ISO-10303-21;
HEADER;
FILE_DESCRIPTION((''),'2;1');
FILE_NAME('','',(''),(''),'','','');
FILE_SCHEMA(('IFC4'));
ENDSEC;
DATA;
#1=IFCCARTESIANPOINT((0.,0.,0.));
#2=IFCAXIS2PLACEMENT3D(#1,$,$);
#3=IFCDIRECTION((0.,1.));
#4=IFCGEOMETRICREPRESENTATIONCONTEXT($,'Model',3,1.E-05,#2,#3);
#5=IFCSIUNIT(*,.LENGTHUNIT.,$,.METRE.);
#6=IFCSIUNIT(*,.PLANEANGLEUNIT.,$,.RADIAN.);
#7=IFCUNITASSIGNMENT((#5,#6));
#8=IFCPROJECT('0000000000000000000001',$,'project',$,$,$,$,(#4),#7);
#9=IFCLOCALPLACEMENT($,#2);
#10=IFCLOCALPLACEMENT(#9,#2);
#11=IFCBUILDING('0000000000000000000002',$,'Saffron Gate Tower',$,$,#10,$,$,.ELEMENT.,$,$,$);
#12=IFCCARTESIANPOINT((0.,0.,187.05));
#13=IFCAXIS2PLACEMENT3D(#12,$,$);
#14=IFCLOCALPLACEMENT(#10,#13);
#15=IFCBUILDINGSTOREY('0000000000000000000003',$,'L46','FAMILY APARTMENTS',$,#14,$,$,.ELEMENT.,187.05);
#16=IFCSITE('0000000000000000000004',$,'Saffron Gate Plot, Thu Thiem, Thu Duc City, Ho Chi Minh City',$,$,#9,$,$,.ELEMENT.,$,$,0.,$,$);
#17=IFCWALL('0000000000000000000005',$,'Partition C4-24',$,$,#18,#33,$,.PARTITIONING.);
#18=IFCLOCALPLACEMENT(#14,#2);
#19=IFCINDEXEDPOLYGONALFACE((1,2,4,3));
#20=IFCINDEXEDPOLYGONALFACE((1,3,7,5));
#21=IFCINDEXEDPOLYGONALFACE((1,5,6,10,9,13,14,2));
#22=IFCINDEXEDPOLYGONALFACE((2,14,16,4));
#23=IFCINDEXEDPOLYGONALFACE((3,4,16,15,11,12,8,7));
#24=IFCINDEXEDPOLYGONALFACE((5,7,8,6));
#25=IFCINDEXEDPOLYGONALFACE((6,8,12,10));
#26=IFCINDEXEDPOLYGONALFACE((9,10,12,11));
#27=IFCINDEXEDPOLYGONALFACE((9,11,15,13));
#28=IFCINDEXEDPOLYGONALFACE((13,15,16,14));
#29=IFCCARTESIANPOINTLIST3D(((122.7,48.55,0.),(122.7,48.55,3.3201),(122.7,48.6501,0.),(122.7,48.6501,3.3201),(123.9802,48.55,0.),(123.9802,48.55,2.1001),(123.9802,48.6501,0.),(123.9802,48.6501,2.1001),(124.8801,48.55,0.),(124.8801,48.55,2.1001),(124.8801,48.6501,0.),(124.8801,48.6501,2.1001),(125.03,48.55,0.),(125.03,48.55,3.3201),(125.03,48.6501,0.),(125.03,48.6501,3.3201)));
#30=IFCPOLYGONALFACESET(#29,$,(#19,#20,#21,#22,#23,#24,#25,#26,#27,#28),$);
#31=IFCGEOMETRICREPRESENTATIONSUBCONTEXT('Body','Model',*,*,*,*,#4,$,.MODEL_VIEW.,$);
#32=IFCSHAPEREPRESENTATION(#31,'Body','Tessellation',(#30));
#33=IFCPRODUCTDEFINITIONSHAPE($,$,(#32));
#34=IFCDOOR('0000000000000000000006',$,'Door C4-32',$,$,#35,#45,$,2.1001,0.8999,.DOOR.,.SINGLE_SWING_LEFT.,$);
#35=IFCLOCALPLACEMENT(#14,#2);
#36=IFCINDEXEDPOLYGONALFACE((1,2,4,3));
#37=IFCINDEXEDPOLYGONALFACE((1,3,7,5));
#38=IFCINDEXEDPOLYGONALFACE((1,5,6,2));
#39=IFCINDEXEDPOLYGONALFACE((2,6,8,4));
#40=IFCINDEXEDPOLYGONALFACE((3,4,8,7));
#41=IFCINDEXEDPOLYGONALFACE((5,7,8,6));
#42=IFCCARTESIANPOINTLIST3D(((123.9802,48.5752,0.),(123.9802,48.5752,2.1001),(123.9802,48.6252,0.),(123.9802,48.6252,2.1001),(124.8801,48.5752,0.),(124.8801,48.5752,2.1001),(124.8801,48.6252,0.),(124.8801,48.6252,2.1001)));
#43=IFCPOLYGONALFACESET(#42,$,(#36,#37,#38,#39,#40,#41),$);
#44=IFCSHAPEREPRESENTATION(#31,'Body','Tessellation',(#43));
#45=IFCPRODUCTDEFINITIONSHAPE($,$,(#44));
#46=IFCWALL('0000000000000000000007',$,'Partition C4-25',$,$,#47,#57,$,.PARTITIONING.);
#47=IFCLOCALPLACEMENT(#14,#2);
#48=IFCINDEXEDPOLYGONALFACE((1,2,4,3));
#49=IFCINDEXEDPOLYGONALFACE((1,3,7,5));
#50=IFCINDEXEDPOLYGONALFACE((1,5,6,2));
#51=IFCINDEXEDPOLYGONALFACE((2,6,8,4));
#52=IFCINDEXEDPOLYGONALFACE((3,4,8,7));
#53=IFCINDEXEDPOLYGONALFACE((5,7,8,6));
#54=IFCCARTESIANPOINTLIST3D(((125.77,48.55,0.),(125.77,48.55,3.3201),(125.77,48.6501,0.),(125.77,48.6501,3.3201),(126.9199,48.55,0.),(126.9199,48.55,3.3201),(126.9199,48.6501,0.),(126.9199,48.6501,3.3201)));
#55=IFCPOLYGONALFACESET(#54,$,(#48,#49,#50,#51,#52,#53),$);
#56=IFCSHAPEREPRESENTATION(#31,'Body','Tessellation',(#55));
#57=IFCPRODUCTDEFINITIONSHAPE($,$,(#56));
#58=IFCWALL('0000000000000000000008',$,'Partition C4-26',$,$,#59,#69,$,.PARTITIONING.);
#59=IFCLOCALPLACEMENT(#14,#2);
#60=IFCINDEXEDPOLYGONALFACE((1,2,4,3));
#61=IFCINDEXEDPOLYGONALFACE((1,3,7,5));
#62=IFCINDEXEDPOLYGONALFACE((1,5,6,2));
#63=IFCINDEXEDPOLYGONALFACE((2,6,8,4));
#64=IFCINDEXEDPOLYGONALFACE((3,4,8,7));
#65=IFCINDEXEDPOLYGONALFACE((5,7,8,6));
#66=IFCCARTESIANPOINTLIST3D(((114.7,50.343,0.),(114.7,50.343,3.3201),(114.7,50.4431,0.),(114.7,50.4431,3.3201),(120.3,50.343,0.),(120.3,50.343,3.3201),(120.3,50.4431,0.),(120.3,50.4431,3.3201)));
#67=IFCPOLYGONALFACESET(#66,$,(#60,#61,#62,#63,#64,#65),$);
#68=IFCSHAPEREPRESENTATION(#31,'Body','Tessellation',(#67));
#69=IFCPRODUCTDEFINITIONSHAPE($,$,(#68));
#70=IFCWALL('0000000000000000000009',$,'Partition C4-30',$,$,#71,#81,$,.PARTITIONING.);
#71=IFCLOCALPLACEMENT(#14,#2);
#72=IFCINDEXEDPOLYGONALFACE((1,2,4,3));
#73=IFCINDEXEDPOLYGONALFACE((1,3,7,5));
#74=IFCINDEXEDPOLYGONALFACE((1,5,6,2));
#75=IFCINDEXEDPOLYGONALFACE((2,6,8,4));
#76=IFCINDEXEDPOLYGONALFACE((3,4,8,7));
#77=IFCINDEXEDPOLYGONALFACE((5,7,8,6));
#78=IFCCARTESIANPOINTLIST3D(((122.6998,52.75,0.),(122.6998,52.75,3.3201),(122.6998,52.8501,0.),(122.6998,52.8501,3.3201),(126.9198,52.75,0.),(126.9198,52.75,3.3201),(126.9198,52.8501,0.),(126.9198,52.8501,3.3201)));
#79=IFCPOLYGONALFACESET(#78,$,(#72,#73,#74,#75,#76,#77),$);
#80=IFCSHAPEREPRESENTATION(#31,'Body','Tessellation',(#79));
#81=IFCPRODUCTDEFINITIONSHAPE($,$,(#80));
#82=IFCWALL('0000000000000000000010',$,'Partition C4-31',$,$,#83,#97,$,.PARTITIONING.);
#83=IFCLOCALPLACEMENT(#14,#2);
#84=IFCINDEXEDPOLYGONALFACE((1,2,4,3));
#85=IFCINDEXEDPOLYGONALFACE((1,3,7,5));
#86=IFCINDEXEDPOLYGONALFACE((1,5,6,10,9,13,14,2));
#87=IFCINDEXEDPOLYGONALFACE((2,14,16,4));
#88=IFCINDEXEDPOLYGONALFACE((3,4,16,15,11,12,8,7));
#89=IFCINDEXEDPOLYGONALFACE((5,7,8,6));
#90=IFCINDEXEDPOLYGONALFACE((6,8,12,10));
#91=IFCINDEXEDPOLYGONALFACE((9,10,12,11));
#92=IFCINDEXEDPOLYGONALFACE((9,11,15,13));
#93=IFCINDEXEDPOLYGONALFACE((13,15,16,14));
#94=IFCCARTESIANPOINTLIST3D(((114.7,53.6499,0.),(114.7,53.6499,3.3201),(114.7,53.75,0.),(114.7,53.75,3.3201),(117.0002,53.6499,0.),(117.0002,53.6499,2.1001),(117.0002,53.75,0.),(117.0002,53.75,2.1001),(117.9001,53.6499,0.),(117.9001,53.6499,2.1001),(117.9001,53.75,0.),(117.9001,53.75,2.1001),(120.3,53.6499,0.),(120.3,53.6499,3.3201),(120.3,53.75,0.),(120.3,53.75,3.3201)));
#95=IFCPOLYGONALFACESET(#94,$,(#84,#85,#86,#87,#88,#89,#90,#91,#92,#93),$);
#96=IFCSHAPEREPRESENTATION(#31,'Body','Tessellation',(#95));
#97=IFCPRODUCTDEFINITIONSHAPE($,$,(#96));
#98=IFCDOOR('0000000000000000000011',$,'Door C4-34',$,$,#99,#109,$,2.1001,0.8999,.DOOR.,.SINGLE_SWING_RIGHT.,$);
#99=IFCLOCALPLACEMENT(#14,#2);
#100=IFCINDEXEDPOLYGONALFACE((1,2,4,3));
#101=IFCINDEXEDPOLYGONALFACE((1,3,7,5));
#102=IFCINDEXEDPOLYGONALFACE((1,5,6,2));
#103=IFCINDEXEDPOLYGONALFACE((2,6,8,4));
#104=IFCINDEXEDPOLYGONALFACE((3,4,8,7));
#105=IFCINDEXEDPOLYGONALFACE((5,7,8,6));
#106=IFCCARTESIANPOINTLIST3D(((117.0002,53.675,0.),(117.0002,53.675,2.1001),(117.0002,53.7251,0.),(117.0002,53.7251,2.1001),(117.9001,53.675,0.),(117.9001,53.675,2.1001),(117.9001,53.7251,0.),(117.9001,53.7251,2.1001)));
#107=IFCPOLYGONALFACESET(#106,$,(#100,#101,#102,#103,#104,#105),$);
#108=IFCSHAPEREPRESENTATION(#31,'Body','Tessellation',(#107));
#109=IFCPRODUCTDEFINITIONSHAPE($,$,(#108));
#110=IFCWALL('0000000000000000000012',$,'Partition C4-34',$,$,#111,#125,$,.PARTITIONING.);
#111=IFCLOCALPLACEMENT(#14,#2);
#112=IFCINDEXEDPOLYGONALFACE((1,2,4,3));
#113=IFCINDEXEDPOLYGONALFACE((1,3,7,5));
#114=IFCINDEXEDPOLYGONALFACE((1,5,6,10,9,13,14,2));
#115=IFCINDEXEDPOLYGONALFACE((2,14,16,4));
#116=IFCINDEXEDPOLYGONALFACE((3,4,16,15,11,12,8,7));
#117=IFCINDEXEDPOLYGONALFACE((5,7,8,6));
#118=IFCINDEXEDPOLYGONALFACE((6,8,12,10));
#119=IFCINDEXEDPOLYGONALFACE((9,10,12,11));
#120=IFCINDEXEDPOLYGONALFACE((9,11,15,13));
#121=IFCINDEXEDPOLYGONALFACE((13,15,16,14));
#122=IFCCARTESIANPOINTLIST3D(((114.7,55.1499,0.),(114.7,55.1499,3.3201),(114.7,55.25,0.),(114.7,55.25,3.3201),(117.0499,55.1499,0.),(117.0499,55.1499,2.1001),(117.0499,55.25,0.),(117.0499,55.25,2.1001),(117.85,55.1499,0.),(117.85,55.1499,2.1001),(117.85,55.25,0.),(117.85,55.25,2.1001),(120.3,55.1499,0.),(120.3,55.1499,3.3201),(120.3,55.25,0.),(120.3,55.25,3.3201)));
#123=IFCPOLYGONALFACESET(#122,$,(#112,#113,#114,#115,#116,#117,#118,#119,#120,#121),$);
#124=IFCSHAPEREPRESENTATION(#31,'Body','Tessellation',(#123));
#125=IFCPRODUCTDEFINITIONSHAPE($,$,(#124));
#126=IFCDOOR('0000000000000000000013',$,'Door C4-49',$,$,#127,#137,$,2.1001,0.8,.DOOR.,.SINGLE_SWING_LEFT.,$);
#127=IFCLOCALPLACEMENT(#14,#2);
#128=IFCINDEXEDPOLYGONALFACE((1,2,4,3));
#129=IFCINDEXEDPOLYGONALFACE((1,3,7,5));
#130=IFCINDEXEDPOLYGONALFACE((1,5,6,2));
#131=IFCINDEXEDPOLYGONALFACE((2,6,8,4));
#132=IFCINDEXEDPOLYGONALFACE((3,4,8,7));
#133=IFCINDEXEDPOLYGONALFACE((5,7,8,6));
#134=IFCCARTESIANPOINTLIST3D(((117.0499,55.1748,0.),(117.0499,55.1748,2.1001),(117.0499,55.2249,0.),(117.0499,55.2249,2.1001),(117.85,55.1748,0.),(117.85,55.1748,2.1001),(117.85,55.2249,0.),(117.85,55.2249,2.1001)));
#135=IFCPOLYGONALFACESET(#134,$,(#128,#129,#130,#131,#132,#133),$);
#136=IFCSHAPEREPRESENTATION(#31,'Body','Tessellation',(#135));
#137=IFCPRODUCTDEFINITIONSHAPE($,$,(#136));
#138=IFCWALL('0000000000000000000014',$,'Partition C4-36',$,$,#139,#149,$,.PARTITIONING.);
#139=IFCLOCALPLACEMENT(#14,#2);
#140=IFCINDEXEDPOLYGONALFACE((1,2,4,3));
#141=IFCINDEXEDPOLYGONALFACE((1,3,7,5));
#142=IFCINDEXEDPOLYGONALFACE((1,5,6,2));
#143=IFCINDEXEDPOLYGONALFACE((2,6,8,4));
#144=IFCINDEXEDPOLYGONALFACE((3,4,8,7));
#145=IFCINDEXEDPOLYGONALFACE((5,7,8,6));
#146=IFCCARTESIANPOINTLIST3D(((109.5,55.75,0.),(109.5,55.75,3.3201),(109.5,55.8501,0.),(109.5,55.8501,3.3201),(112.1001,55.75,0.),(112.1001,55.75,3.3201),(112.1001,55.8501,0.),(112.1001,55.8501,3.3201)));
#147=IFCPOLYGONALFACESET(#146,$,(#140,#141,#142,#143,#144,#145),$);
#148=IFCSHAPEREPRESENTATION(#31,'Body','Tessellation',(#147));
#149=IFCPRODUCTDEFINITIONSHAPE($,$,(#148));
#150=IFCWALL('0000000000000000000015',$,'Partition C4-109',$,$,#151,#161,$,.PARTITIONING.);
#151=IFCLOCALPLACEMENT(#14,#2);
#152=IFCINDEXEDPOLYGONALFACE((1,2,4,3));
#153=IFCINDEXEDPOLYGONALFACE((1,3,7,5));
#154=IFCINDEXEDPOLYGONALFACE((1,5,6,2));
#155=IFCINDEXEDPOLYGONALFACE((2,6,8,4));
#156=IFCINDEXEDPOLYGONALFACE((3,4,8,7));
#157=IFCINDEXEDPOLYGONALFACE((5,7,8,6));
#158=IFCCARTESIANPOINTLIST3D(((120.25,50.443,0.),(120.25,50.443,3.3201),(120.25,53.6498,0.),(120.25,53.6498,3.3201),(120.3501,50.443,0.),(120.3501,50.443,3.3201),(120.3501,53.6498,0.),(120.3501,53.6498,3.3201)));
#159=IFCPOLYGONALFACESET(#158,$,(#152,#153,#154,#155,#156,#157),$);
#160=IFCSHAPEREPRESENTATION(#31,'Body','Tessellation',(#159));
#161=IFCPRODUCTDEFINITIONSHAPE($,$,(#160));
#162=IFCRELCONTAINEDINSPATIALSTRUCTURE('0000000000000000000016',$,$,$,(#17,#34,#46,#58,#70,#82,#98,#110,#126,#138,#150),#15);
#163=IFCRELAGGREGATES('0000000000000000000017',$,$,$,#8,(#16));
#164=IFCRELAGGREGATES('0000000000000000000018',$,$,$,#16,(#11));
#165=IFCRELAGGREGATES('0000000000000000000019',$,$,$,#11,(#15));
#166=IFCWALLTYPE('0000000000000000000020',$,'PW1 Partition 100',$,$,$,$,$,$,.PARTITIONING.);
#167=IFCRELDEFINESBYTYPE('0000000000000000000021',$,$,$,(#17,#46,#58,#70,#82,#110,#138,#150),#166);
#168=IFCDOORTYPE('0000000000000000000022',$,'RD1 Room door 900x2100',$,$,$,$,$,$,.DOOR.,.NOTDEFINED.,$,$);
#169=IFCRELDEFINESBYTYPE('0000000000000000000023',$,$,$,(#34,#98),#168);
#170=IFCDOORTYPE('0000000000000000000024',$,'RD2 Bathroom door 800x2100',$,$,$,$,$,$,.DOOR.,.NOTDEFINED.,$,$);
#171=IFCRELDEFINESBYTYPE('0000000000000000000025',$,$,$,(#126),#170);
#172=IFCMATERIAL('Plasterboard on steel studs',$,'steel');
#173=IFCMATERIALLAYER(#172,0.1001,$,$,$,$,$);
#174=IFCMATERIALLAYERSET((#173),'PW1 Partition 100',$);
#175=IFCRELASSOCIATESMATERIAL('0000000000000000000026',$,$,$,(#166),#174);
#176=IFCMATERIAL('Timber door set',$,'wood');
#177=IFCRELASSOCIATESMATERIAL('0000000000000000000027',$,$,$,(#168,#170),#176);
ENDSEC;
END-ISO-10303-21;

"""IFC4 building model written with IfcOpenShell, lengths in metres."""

from ifc_helpers import new_model, si_unit, direction, frame, frame_2d, origin, place, context, subcontext, project, spatial, rectangle, extrude, material, layer, layer_set, type_object, element, fill, save


model = new_model("IFC4")

# Units and contexts
model_context = context("Model", 3, precision=1e-05, world=origin(), true_north=direction((0.0, 1.0)))
body_context = subcontext(model_context, "Body", "Model", "MODEL_VIEW")
ifc_project = project(units=[si_unit("LENGTHUNIT", "METRE"), si_unit("PLANEANGLEUNIT", "RADIAN")], contexts=[model_context])

# Site, building, storey
site_placement = place(None, origin())
site = spatial("IfcSite", under=ifc_project, at=site_placement, Name="Saffron Gate Plot, Thu Thiem, Thu Duc City, Ho Chi Minh City", CompositionType="ELEMENT", RefElevation=0.0)
building_placement = place(site_placement, origin())
building = spatial("IfcBuilding", under=site, at=building_placement, Name="Saffron Gate Tower", CompositionType="ELEMENT")
storey_placement = place(building_placement, frame((0.0, 0.0, 187.05)))
storey = spatial("IfcBuildingStorey", under=building, at=storey_placement, Name="L46", Description="FAMILY APARTMENTS", CompositionType="ELEMENT", Elevation=187.05)

# Wall, opening, door
ifc_material_1 = material(Name="Plasterboard on steel studs", Category="steel")
ifc_layer_1 = layer(ifc_material_1, 0.1001)
ifc_layer_set_1 = layer_set([ifc_layer_1], Name="PW1 Partition 100")
wall_type_1 = type_object("IfcWallType", Name="PW1 Partition 100", PredefinedType="PARTITIONING", material=ifc_layer_set_1)
wall_1_placement = place(storey_placement, frame((125.03, 48.6001, 0.0), z_axis=(0.0, 0.0, 1.0), x_axis=(-1.0, 0.0, 0.0)))
wall_1 = element("IfcWall", 1, at=wall_1_placement, inside=storey, type_object=wall_type_1, Name="Partition C4-24", PredefinedType="PARTITIONING", context=body_context, shape_type="SweptSolid", body=[
    extrude(rectangle(XDim=2.3301, YDim=0.1001, at=frame_2d((1.165, 0.0))), origin(), (0.0, 0.0, 1.0), 3.3201),
])
opening_1_placement = place(wall_1_placement, frame((0.1499, 0.0, 0.0)))
opening_1 = element("IfcOpeningElement", 2, at=opening_1_placement, cuts=wall_1, PredefinedType="OPENING", context=body_context, shape_type="SweptSolid", body=[
    extrude(rectangle(XDim=0.8999, YDim=2.1001, at=frame_2d((0.45, 1.05))), frame((0.0, 0.0601, 0.0), z_axis=(0.0, -1.0, 0.0), x_axis=(1.0, 0.0, 0.0)), (0.0, 0.0, 1.0), 0.1201),
])
ifc_material_2 = material(Name="Timber door set", Category="wood")
door_type_1 = type_object("IfcDoorType", Name="RD1 Room door 900x2100", OperationType="NOTDEFINED", PredefinedType="DOOR", material=ifc_material_2)
door_1_placement = place(opening_1_placement, origin())
door_1 = element("IfcDoor", 3, at=door_1_placement, inside=storey, type_object=door_type_1, Name="Door C4-32", OperationType="SINGLE_SWING_LEFT", OverallHeight=2.1001, OverallWidth=0.8999, PredefinedType="DOOR", context=body_context, shape_type="SweptSolid", body=[
    extrude(rectangle(XDim=0.8999, YDim=2.1001, at=frame_2d((0.45, 1.05))), frame((0.0, 0.0249, 0.0), z_axis=(0.0, -1.0, 0.0), x_axis=(1.0, 0.0, 0.0)), (0.0, 0.0, 1.0), 0.05),
])
fill(opening_1, door_1)

# Walls
wall_2_placement = place(storey_placement, frame((125.77, 48.6001, 0.0), z_axis=(0.0, 0.0, 1.0), x_axis=(1.0, 0.0, 0.0)))
element("IfcWall", 4, at=wall_2_placement, inside=storey, type_object=wall_type_1, Name="Partition C4-25", PredefinedType="PARTITIONING", context=body_context, shape_type="SweptSolid", body=[
    extrude(rectangle(XDim=1.1499, YDim=0.1001, at=frame_2d((0.575, 0.0))), origin(), (0.0, 0.0, 1.0), 3.3201),
])
wall_3_placement = place(storey_placement, frame((114.7, 50.3931, 0.0), z_axis=(0.0, 0.0, 1.0), x_axis=(1.0, 0.0, 0.0)))
element("IfcWall", 5, at=wall_3_placement, inside=storey, type_object=wall_type_1, Name="Partition C4-26", PredefinedType="PARTITIONING", context=body_context, shape_type="SweptSolid", body=[
    extrude(rectangle(XDim=5.6001, YDim=0.1001, at=frame_2d((2.8, 0.0))), origin(), (0.0, 0.0, 1.0), 3.3201),
])
wall_4_placement = place(storey_placement, frame((122.7, 52.8, 0.0), z_axis=(0.0, 0.0, 1.0), x_axis=(1.0, 0.0, 0.0)))
element("IfcWall", 6, at=wall_4_placement, inside=storey, type_object=wall_type_1, Name="Partition C4-30", PredefinedType="PARTITIONING", context=body_context, shape_type="SweptSolid", body=[
    extrude(rectangle(XDim=4.22, YDim=0.1001, at=frame_2d((2.1099, 0.0))), origin(), (0.0, 0.0, 1.0), 3.3201),
])

# Walls, openings, doors
wall_5_placement = place(storey_placement, frame((120.3, 53.7, 0.0), z_axis=(0.0, 0.0, 1.0), x_axis=(-1.0, 0.0, 0.0)))
wall_5 = element("IfcWall", 7, at=wall_5_placement, inside=storey, type_object=wall_type_1, Name="Partition C4-31", PredefinedType="PARTITIONING", context=body_context, shape_type="SweptSolid", body=[
    extrude(rectangle(XDim=5.6001, YDim=0.1001, at=frame_2d((2.8, 0.0))), origin(), (0.0, 0.0, 1.0), 3.3201),
])
opening_2_placement = place(wall_5_placement, frame((2.3999, 0.0, 0.0)))
opening_2 = element("IfcOpeningElement", 8, at=opening_2_placement, cuts=wall_5, PredefinedType="OPENING", context=body_context, shape_type="SweptSolid", body=[
    extrude(rectangle(XDim=0.8999, YDim=2.1001, at=frame_2d((0.45, 1.05))), frame((0.0, 0.0601, 0.0), z_axis=(0.0, -1.0, 0.0), x_axis=(1.0, 0.0, 0.0)), (0.0, 0.0, 1.0), 0.1201),
])
door_2_placement = place(opening_2_placement, origin())
door_2 = element("IfcDoor", 9, at=door_2_placement, inside=storey, type_object=door_type_1, Name="Door C4-34", OperationType="SINGLE_SWING_RIGHT", OverallHeight=2.1001, OverallWidth=0.8999, PredefinedType="DOOR", context=body_context, shape_type="SweptSolid", body=[
    extrude(rectangle(XDim=0.8999, YDim=2.1001, at=frame_2d((0.45, 1.05))), frame((0.0, 0.0249, 0.0), z_axis=(0.0, -1.0, 0.0), x_axis=(1.0, 0.0, 0.0)), (0.0, 0.0, 1.0), 0.05),
])
fill(opening_2, door_2)
wall_6_placement = place(storey_placement, frame((114.7, 55.2, 0.0), z_axis=(0.0, 0.0, 1.0), x_axis=(1.0, 0.0, 0.0)))
wall_6 = element("IfcWall", 10, at=wall_6_placement, inside=storey, type_object=wall_type_1, Name="Partition C4-34", PredefinedType="PARTITIONING", context=body_context, shape_type="SweptSolid", body=[
    extrude(rectangle(XDim=5.6001, YDim=0.1001, at=frame_2d((2.8, 0.0))), origin(), (0.0, 0.0, 1.0), 3.3201),
])
opening_3_placement = place(wall_6_placement, frame((2.3501, 0.0, 0.0)))
opening_3 = element("IfcOpeningElement", 11, at=opening_3_placement, cuts=wall_6, PredefinedType="OPENING", context=body_context, shape_type="SweptSolid", body=[
    extrude(rectangle(XDim=0.8, YDim=2.1001, at=frame_2d((0.3999, 1.05))), frame((0.0, 0.0601, 0.0), z_axis=(0.0, -1.0, 0.0), x_axis=(1.0, 0.0, 0.0)), (0.0, 0.0, 1.0), 0.1201),
])
door_type_2 = type_object("IfcDoorType", Name="RD2 Bathroom door 800x2100", OperationType="NOTDEFINED", PredefinedType="DOOR", material=ifc_material_2)
door_3_placement = place(opening_3_placement, origin())
door_3 = element("IfcDoor", 12, at=door_3_placement, inside=storey, type_object=door_type_2, Name="Door C4-49", OperationType="SINGLE_SWING_LEFT", OverallHeight=2.1001, OverallWidth=0.8, PredefinedType="DOOR", context=body_context, shape_type="SweptSolid", body=[
    extrude(rectangle(XDim=0.8, YDim=2.1001, at=frame_2d((0.3999, 1.05))), frame((0.0, 0.0249, 0.0), z_axis=(0.0, -1.0, 0.0), x_axis=(1.0, 0.0, 0.0)), (0.0, 0.0, 1.0), 0.05),
])
fill(opening_3, door_3)

# Walls
wall_7_placement = place(storey_placement, frame((109.5, 55.8, 0.0), z_axis=(0.0, 0.0, 1.0), x_axis=(1.0, 0.0, 0.0)))
element("IfcWall", 13, at=wall_7_placement, inside=storey, type_object=wall_type_1, Name="Partition C4-36", PredefinedType="PARTITIONING", context=body_context, shape_type="SweptSolid", body=[
    extrude(rectangle(XDim=2.6001, YDim=0.1001, at=frame_2d((1.3, 0.0))), origin(), (0.0, 0.0, 1.0), 3.3201),
])
wall_8_placement = place(storey_placement, frame((120.3, 53.6499, 0.0), z_axis=(0.0, 0.0, 1.0), x_axis=(0.0, -1.0, 0.0)))
element("IfcWall", 14, at=wall_8_placement, inside=storey, type_object=wall_type_1, Name="Partition C4-109", PredefinedType="PARTITIONING", context=body_context, shape_type="SweptSolid", body=[
    extrude(rectangle(XDim=3.2068, YDim=0.1001, at=frame_2d((1.6035, 0.0))), origin(), (0.0, 0.0, 1.0), 3.3201),
])

save(model, "model.ifc")
